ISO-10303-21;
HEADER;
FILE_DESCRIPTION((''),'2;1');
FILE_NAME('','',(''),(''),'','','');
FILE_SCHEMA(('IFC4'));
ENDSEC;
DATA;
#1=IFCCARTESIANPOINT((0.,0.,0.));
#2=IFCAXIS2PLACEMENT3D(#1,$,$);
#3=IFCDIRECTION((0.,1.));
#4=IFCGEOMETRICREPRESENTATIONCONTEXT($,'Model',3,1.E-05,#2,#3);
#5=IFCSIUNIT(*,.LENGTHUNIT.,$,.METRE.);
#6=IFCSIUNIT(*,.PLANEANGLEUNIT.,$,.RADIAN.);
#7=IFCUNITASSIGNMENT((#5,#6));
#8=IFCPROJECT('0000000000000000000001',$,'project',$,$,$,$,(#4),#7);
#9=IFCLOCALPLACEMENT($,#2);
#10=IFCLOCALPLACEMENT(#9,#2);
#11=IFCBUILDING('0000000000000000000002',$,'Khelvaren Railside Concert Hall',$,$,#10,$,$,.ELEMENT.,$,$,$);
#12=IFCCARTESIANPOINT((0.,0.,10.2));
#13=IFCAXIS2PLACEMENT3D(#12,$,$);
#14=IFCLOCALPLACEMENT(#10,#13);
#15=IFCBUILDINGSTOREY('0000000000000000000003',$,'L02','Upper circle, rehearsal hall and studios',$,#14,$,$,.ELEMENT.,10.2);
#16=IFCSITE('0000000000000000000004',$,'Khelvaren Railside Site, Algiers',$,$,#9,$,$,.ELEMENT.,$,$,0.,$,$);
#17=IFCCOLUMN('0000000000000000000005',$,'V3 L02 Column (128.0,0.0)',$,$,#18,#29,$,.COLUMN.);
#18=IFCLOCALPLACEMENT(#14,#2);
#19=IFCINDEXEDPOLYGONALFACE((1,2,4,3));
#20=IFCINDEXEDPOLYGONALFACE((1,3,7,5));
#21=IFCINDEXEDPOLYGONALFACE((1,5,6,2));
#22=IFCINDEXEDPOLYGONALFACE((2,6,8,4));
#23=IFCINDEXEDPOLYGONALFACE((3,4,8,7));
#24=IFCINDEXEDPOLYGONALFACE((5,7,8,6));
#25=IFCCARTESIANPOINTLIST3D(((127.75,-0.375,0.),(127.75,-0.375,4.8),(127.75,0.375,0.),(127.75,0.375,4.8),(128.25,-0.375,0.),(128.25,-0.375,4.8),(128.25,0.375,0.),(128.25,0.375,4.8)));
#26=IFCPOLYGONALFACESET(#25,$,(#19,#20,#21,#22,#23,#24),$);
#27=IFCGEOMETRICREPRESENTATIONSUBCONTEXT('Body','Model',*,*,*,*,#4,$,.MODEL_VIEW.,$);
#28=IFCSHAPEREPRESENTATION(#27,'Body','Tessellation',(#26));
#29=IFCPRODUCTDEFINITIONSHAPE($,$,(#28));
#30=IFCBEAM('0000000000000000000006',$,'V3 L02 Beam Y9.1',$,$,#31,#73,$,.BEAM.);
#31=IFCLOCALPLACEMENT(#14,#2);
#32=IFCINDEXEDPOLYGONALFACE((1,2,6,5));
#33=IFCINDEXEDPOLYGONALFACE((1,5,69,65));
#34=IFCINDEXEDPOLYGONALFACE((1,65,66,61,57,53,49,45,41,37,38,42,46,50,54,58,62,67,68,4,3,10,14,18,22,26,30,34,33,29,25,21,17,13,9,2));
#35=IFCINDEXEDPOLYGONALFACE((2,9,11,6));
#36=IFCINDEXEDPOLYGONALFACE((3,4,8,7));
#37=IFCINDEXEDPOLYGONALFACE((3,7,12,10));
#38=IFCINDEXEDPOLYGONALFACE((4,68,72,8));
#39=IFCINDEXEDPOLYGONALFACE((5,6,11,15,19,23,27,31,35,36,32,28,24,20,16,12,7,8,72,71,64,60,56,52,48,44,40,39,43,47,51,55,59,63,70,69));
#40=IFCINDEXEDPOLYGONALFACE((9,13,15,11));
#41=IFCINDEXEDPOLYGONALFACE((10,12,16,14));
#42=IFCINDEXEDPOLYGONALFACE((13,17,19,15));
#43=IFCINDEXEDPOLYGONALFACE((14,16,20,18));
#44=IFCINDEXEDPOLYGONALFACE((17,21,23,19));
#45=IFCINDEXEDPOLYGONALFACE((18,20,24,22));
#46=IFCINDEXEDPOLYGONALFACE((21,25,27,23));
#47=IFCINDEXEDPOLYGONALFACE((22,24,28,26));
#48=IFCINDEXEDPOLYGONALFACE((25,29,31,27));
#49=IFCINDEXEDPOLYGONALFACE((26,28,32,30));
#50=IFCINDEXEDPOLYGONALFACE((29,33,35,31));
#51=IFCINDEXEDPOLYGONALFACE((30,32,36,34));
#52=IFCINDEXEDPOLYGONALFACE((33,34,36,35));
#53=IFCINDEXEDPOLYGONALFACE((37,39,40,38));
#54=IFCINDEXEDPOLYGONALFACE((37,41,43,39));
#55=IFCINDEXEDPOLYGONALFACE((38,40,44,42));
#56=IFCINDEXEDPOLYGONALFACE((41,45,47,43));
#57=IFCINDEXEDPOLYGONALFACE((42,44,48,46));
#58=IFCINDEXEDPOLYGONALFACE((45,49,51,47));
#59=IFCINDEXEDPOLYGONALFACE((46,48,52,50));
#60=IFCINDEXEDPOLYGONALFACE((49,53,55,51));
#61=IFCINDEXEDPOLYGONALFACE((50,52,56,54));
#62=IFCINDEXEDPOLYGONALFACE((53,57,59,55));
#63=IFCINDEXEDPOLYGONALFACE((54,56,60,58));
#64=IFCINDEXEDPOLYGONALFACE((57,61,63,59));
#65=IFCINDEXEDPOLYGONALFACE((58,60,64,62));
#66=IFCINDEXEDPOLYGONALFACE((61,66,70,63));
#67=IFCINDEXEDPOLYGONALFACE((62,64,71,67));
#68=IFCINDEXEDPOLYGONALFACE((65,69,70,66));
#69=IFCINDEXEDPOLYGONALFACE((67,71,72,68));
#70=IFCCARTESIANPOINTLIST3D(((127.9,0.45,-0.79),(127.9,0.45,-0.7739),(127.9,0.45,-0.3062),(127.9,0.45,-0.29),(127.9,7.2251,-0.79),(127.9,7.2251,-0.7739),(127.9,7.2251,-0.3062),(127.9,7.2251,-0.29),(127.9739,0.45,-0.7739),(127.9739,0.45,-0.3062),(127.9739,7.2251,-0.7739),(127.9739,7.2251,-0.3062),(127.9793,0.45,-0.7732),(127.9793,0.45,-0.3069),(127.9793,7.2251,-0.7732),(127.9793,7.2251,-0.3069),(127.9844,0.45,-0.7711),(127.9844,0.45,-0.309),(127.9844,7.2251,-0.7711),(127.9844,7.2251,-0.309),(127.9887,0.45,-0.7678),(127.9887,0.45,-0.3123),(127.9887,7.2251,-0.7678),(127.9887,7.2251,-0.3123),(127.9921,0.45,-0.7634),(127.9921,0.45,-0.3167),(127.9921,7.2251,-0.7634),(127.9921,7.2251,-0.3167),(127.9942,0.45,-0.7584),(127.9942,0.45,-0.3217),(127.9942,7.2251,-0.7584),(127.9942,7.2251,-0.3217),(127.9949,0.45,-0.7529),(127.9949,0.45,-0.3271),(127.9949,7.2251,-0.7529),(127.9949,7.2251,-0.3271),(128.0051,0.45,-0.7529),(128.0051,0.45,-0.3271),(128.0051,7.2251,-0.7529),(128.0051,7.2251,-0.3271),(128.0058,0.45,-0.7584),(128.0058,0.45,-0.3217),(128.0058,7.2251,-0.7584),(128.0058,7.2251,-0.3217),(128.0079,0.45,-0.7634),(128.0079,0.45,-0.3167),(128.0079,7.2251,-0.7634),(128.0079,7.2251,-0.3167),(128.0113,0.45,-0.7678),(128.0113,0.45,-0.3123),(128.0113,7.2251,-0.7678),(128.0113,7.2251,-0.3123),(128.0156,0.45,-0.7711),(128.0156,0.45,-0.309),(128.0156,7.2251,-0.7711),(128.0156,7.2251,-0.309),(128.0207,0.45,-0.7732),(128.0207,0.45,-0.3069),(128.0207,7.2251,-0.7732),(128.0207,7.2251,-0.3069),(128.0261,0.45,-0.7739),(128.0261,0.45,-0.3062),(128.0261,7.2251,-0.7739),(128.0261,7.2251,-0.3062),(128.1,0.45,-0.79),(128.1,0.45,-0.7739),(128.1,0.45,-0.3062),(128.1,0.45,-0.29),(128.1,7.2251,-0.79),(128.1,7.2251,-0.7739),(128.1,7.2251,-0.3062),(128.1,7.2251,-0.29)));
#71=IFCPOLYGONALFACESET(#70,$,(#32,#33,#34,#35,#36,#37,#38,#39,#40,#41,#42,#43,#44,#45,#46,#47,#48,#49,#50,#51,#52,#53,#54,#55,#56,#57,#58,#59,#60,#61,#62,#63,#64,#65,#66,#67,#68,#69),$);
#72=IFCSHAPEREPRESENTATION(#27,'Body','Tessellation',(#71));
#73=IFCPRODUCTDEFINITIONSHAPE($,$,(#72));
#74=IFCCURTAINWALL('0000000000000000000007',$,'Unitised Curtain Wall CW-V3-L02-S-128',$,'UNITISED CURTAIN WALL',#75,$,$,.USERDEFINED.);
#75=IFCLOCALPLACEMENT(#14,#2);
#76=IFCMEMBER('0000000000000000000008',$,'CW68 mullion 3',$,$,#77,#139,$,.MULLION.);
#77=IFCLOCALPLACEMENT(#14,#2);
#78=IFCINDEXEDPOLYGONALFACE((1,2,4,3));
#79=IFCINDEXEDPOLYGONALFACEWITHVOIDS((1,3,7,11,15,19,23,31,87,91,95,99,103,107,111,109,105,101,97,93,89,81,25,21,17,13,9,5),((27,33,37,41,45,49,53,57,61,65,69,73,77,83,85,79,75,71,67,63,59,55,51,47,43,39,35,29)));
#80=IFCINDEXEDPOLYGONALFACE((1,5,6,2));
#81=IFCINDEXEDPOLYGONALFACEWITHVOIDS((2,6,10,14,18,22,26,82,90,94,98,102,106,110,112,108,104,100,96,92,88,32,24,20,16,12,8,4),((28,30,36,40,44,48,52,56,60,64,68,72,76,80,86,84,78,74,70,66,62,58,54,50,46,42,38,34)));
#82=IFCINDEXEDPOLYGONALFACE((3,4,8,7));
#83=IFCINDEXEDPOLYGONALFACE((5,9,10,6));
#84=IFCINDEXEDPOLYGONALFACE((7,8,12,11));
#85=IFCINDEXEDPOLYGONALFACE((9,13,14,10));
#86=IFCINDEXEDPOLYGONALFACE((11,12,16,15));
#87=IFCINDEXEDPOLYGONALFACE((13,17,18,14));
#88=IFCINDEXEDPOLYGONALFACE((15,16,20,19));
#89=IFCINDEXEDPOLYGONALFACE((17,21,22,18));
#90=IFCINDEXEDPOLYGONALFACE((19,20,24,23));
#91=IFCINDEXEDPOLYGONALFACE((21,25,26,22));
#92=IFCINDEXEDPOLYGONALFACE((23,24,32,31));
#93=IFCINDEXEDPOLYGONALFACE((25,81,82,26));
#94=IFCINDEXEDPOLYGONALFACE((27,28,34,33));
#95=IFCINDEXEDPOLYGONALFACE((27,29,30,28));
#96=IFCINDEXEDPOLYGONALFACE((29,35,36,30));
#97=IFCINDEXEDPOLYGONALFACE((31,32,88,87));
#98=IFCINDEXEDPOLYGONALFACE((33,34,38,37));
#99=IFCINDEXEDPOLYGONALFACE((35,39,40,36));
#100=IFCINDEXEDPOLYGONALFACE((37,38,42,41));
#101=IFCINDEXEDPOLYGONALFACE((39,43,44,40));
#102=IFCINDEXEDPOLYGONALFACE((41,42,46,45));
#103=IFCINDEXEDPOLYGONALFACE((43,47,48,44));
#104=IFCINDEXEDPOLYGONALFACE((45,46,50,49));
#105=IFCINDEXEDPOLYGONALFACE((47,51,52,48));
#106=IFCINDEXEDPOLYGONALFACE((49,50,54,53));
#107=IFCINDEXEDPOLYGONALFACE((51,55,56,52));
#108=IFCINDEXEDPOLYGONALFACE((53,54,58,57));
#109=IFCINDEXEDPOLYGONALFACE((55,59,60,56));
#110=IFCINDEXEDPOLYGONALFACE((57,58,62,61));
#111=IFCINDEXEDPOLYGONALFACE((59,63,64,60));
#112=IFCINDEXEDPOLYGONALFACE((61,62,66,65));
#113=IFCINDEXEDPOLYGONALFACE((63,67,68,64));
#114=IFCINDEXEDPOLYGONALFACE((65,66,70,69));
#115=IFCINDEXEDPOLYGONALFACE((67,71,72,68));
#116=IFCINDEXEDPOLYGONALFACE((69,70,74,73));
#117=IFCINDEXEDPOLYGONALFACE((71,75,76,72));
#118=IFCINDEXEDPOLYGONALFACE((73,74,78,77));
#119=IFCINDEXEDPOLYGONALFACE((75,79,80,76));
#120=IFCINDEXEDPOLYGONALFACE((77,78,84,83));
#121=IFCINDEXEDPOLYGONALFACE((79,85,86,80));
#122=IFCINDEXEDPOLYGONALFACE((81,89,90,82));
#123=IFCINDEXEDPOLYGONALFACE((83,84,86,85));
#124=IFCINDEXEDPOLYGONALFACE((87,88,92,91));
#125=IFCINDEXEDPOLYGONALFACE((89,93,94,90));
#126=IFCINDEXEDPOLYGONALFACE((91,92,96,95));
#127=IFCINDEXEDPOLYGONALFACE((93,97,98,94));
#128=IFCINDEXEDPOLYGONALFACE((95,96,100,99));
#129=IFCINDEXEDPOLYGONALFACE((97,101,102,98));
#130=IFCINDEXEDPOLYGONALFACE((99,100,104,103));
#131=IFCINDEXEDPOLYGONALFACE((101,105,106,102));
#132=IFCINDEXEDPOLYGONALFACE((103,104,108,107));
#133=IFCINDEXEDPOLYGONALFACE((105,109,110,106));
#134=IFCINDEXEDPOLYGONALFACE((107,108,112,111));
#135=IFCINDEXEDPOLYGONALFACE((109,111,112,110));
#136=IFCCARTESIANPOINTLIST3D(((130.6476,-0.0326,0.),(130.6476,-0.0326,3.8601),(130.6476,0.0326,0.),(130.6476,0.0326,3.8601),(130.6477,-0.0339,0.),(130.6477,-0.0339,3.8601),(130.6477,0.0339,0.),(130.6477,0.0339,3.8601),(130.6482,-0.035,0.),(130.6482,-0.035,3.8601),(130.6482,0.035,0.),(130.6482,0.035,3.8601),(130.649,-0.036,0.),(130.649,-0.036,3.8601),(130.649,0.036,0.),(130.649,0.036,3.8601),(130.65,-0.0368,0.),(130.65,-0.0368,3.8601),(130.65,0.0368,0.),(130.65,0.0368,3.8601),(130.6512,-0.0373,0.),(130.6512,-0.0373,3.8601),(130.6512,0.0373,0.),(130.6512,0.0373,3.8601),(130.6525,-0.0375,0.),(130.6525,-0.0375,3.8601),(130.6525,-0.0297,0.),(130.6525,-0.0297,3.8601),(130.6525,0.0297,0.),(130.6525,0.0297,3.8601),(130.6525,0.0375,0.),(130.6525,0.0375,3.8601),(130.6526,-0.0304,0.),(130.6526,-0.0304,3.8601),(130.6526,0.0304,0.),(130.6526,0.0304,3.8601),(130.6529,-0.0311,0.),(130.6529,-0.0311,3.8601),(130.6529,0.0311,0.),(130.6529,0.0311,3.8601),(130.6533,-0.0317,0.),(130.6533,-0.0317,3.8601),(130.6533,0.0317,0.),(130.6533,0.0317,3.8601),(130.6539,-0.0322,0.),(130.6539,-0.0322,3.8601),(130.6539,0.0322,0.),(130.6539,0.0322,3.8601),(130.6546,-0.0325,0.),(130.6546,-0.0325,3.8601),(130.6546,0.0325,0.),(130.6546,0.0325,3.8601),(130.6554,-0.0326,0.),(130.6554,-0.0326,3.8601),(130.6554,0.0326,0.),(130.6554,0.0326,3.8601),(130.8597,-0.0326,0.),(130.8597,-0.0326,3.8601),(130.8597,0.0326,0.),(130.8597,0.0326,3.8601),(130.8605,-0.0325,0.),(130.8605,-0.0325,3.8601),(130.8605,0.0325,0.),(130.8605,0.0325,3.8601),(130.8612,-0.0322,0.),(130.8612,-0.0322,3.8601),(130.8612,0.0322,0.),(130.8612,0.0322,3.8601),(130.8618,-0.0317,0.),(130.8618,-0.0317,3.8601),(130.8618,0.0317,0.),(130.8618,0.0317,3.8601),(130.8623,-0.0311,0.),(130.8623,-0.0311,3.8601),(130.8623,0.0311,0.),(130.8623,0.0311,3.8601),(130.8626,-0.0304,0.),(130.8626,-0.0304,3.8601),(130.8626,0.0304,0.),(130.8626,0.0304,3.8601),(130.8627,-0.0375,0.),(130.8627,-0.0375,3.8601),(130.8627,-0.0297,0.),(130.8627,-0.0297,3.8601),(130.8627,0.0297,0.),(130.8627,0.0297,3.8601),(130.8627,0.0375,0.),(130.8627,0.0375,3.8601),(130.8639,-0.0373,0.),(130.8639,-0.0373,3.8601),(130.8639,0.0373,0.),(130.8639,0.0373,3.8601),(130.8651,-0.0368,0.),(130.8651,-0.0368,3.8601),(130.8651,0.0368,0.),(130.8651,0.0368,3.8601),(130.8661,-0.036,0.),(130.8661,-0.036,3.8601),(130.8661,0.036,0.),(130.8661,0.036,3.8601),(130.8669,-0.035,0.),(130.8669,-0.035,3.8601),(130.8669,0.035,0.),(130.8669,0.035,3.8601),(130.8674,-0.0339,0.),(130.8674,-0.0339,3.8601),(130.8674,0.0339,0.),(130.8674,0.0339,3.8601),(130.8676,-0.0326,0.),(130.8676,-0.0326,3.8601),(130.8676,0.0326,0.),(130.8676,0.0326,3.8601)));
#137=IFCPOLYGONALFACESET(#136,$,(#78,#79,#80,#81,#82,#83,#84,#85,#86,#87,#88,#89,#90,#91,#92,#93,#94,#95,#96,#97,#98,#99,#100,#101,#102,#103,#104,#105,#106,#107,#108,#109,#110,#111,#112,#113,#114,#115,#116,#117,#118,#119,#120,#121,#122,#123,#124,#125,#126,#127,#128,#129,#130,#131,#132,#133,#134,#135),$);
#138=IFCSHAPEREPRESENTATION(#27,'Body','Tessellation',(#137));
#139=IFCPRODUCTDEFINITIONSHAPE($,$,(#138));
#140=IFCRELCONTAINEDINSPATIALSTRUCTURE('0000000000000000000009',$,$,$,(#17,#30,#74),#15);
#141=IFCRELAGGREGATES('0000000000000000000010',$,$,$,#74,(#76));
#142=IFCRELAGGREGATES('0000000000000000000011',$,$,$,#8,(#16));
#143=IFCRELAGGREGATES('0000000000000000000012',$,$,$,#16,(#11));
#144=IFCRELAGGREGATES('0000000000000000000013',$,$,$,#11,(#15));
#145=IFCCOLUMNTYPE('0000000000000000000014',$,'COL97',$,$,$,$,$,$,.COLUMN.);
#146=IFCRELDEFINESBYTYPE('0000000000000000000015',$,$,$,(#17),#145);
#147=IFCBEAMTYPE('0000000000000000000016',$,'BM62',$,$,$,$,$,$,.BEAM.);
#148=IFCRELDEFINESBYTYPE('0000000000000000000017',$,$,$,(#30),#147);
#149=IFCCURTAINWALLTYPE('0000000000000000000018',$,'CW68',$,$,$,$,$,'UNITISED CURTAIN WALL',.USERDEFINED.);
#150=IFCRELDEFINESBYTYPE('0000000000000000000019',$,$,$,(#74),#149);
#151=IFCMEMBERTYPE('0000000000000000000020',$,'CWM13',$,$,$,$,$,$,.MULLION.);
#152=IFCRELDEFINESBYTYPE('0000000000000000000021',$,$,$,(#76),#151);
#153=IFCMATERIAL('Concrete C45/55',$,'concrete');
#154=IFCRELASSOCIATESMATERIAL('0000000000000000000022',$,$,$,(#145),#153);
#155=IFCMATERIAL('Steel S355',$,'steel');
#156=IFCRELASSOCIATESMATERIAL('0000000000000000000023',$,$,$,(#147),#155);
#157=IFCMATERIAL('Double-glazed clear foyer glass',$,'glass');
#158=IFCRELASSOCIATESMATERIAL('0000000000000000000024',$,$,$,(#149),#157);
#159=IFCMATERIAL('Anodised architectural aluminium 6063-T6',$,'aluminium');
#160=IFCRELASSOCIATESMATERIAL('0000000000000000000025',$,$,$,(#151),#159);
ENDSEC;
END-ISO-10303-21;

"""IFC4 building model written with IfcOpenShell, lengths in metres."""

from ifc_helpers import new_model, si_unit, direction, frame, origin, origin_2d, place, context, subcontext, project, spatial, rectangle, hollow_rectangle, i_section, extrude, material, material_profile, profile_set, type_object, element, aggregate, save


model = new_model("IFC4")

# Units and contexts
model_context = context("Model", 3, precision=1e-05, world=origin(), true_north=direction((0.0, 1.0)))
body_context = subcontext(model_context, "Body", "Model", "MODEL_VIEW")
ifc_project = project(units=[si_unit("LENGTHUNIT", "METRE"), si_unit("PLANEANGLEUNIT", "RADIAN")], contexts=[model_context])

# Site, building, storey
site_placement = place(None, origin())
site = spatial("IfcSite", under=ifc_project, at=site_placement, Name="Khelvaren Railside Site, Algiers", CompositionType="ELEMENT", RefElevation=0.0)
building_placement = place(site_placement, origin())
building = spatial("IfcBuilding", under=site, at=building_placement, Name="Khelvaren Railside Concert Hall", CompositionType="ELEMENT")
storey_placement = place(building_placement, frame((0.0, 0.0, 10.2)))
storey = spatial("IfcBuildingStorey", under=building, at=storey_placement, Name="L02", Description="Upper circle, rehearsal hall and studios", CompositionType="ELEMENT", Elevation=10.2)

# Column
ifc_material_1 = material(Name="Concrete C45/55", Category="concrete")
ifc_material_profile_1 = material_profile(ifc_material_1, rectangle(XDim=0.5, YDim=0.75, at=origin_2d()), Name="RC 500x750")
ifc_profile_set_1 = profile_set([ifc_material_profile_1], Name="Concrete C45/55")
column_type = type_object("IfcColumnType", Name="COL97", PredefinedType="COLUMN", material=ifc_profile_set_1)
column_placement = place(storey_placement, frame((128.0, 0.0, 0.0), z_axis=(0.0, 0.0, 1.0), x_axis=(1.0, 0.0, 0.0)))
element("IfcColumn", 1, at=column_placement, inside=storey, type_object=column_type, Name="V3 L02 Column (128.0,0.0)", PredefinedType="COLUMN", context=body_context, shape_type="SweptSolid", body=[
    extrude(rectangle(XDim=0.5, YDim=0.75, at=origin_2d()), origin(), (0.0, 0.0, 1.0), 4.8),
])

# Beam
ifc_material_2 = material(Name="Steel S355", Category="steel")
ifc_material_profile_2 = material_profile(ifc_material_2, i_section(OverallWidth=0.2, OverallDepth=0.5, WebThickness=0.0103, FlangeThickness=0.0161, FilletRadius=0.021, at=origin_2d()), Name="IPE 500")
ifc_profile_set_2 = profile_set([ifc_material_profile_2], Name="Steel S355")
beam_type_1 = type_object("IfcBeamType", Name="BM62", PredefinedType="BEAM", material=ifc_profile_set_2)
beam_1_placement = place(storey_placement, frame((128.0, 0.45, -0.54), z_axis=(0.0, 1.0, 0.0), x_axis=(-1.0, 0.0, 0.0)))
element("IfcBeam", 2, at=beam_1_placement, inside=storey, type_object=beam_type_1, Name="V3 L02 Beam Y9.1", PredefinedType="BEAM", context=body_context, shape_type="SweptSolid", body=[
    extrude(i_section(OverallWidth=0.2, OverallDepth=0.5, WebThickness=0.0103, FlangeThickness=0.0161, FilletRadius=0.021, at=origin_2d()), origin(), (0.0, 0.0, 1.0), 6.7751),
])

# Curtain wall, member
ifc_material_3 = material(Name="Double-glazed clear foyer glass", Category="glass")
curtain_wall_type = type_object("IfcCurtainWallType", Name="CW68", ElementType="UNITISED CURTAIN WALL", PredefinedType="USERDEFINED", material=ifc_material_3)
curtain_wall_placement = place(storey_placement, origin())
curtain_wall = element("IfcCurtainWall", 3, at=curtain_wall_placement, inside=storey, type_object=curtain_wall_type, Name="Unitised Curtain Wall CW-V3-L02-S-128", ObjectType="UNITISED CURTAIN WALL", PredefinedType="USERDEFINED")
ifc_material_4 = material(Name="Anodised architectural aluminium 6063-T6", Category="aluminium")
ifc_material_profile_3 = material_profile(ifc_material_4, hollow_rectangle(XDim=0.075, YDim=0.22, WallThickness=0.0049, InnerFilletRadius=0.0029, OuterFilletRadius=0.0049, at=origin_2d()), Name="CWM 75x220x5")
ifc_profile_set_3 = profile_set([ifc_material_profile_3], Name="Anodised architectural aluminium 6063-T6")
member_type_1 = type_object("IfcMemberType", Name="CWM13", PredefinedType="MULLION", material=ifc_profile_set_3)
member_1_placement = place(storey_placement, frame((130.7576, 0.0, 0.0), z_axis=(0.0, 0.0, 1.0), x_axis=(0.0, -1.0, 0.0)))
member_1 = element("IfcMember", 4, at=member_1_placement, type_object=member_type_1, Name="CW68 mullion 3", PredefinedType="MULLION", context=body_context, shape_type="SweptSolid", body=[
    extrude(hollow_rectangle(XDim=0.075, YDim=0.22, WallThickness=0.0049, InnerFilletRadius=0.0029, OuterFilletRadius=0.0049, at=origin_2d()), origin(), (0.0, 0.0, 1.0), 3.8601),
])

aggregate(curtain_wall, [member_1])

save(model, "model.ifc")
